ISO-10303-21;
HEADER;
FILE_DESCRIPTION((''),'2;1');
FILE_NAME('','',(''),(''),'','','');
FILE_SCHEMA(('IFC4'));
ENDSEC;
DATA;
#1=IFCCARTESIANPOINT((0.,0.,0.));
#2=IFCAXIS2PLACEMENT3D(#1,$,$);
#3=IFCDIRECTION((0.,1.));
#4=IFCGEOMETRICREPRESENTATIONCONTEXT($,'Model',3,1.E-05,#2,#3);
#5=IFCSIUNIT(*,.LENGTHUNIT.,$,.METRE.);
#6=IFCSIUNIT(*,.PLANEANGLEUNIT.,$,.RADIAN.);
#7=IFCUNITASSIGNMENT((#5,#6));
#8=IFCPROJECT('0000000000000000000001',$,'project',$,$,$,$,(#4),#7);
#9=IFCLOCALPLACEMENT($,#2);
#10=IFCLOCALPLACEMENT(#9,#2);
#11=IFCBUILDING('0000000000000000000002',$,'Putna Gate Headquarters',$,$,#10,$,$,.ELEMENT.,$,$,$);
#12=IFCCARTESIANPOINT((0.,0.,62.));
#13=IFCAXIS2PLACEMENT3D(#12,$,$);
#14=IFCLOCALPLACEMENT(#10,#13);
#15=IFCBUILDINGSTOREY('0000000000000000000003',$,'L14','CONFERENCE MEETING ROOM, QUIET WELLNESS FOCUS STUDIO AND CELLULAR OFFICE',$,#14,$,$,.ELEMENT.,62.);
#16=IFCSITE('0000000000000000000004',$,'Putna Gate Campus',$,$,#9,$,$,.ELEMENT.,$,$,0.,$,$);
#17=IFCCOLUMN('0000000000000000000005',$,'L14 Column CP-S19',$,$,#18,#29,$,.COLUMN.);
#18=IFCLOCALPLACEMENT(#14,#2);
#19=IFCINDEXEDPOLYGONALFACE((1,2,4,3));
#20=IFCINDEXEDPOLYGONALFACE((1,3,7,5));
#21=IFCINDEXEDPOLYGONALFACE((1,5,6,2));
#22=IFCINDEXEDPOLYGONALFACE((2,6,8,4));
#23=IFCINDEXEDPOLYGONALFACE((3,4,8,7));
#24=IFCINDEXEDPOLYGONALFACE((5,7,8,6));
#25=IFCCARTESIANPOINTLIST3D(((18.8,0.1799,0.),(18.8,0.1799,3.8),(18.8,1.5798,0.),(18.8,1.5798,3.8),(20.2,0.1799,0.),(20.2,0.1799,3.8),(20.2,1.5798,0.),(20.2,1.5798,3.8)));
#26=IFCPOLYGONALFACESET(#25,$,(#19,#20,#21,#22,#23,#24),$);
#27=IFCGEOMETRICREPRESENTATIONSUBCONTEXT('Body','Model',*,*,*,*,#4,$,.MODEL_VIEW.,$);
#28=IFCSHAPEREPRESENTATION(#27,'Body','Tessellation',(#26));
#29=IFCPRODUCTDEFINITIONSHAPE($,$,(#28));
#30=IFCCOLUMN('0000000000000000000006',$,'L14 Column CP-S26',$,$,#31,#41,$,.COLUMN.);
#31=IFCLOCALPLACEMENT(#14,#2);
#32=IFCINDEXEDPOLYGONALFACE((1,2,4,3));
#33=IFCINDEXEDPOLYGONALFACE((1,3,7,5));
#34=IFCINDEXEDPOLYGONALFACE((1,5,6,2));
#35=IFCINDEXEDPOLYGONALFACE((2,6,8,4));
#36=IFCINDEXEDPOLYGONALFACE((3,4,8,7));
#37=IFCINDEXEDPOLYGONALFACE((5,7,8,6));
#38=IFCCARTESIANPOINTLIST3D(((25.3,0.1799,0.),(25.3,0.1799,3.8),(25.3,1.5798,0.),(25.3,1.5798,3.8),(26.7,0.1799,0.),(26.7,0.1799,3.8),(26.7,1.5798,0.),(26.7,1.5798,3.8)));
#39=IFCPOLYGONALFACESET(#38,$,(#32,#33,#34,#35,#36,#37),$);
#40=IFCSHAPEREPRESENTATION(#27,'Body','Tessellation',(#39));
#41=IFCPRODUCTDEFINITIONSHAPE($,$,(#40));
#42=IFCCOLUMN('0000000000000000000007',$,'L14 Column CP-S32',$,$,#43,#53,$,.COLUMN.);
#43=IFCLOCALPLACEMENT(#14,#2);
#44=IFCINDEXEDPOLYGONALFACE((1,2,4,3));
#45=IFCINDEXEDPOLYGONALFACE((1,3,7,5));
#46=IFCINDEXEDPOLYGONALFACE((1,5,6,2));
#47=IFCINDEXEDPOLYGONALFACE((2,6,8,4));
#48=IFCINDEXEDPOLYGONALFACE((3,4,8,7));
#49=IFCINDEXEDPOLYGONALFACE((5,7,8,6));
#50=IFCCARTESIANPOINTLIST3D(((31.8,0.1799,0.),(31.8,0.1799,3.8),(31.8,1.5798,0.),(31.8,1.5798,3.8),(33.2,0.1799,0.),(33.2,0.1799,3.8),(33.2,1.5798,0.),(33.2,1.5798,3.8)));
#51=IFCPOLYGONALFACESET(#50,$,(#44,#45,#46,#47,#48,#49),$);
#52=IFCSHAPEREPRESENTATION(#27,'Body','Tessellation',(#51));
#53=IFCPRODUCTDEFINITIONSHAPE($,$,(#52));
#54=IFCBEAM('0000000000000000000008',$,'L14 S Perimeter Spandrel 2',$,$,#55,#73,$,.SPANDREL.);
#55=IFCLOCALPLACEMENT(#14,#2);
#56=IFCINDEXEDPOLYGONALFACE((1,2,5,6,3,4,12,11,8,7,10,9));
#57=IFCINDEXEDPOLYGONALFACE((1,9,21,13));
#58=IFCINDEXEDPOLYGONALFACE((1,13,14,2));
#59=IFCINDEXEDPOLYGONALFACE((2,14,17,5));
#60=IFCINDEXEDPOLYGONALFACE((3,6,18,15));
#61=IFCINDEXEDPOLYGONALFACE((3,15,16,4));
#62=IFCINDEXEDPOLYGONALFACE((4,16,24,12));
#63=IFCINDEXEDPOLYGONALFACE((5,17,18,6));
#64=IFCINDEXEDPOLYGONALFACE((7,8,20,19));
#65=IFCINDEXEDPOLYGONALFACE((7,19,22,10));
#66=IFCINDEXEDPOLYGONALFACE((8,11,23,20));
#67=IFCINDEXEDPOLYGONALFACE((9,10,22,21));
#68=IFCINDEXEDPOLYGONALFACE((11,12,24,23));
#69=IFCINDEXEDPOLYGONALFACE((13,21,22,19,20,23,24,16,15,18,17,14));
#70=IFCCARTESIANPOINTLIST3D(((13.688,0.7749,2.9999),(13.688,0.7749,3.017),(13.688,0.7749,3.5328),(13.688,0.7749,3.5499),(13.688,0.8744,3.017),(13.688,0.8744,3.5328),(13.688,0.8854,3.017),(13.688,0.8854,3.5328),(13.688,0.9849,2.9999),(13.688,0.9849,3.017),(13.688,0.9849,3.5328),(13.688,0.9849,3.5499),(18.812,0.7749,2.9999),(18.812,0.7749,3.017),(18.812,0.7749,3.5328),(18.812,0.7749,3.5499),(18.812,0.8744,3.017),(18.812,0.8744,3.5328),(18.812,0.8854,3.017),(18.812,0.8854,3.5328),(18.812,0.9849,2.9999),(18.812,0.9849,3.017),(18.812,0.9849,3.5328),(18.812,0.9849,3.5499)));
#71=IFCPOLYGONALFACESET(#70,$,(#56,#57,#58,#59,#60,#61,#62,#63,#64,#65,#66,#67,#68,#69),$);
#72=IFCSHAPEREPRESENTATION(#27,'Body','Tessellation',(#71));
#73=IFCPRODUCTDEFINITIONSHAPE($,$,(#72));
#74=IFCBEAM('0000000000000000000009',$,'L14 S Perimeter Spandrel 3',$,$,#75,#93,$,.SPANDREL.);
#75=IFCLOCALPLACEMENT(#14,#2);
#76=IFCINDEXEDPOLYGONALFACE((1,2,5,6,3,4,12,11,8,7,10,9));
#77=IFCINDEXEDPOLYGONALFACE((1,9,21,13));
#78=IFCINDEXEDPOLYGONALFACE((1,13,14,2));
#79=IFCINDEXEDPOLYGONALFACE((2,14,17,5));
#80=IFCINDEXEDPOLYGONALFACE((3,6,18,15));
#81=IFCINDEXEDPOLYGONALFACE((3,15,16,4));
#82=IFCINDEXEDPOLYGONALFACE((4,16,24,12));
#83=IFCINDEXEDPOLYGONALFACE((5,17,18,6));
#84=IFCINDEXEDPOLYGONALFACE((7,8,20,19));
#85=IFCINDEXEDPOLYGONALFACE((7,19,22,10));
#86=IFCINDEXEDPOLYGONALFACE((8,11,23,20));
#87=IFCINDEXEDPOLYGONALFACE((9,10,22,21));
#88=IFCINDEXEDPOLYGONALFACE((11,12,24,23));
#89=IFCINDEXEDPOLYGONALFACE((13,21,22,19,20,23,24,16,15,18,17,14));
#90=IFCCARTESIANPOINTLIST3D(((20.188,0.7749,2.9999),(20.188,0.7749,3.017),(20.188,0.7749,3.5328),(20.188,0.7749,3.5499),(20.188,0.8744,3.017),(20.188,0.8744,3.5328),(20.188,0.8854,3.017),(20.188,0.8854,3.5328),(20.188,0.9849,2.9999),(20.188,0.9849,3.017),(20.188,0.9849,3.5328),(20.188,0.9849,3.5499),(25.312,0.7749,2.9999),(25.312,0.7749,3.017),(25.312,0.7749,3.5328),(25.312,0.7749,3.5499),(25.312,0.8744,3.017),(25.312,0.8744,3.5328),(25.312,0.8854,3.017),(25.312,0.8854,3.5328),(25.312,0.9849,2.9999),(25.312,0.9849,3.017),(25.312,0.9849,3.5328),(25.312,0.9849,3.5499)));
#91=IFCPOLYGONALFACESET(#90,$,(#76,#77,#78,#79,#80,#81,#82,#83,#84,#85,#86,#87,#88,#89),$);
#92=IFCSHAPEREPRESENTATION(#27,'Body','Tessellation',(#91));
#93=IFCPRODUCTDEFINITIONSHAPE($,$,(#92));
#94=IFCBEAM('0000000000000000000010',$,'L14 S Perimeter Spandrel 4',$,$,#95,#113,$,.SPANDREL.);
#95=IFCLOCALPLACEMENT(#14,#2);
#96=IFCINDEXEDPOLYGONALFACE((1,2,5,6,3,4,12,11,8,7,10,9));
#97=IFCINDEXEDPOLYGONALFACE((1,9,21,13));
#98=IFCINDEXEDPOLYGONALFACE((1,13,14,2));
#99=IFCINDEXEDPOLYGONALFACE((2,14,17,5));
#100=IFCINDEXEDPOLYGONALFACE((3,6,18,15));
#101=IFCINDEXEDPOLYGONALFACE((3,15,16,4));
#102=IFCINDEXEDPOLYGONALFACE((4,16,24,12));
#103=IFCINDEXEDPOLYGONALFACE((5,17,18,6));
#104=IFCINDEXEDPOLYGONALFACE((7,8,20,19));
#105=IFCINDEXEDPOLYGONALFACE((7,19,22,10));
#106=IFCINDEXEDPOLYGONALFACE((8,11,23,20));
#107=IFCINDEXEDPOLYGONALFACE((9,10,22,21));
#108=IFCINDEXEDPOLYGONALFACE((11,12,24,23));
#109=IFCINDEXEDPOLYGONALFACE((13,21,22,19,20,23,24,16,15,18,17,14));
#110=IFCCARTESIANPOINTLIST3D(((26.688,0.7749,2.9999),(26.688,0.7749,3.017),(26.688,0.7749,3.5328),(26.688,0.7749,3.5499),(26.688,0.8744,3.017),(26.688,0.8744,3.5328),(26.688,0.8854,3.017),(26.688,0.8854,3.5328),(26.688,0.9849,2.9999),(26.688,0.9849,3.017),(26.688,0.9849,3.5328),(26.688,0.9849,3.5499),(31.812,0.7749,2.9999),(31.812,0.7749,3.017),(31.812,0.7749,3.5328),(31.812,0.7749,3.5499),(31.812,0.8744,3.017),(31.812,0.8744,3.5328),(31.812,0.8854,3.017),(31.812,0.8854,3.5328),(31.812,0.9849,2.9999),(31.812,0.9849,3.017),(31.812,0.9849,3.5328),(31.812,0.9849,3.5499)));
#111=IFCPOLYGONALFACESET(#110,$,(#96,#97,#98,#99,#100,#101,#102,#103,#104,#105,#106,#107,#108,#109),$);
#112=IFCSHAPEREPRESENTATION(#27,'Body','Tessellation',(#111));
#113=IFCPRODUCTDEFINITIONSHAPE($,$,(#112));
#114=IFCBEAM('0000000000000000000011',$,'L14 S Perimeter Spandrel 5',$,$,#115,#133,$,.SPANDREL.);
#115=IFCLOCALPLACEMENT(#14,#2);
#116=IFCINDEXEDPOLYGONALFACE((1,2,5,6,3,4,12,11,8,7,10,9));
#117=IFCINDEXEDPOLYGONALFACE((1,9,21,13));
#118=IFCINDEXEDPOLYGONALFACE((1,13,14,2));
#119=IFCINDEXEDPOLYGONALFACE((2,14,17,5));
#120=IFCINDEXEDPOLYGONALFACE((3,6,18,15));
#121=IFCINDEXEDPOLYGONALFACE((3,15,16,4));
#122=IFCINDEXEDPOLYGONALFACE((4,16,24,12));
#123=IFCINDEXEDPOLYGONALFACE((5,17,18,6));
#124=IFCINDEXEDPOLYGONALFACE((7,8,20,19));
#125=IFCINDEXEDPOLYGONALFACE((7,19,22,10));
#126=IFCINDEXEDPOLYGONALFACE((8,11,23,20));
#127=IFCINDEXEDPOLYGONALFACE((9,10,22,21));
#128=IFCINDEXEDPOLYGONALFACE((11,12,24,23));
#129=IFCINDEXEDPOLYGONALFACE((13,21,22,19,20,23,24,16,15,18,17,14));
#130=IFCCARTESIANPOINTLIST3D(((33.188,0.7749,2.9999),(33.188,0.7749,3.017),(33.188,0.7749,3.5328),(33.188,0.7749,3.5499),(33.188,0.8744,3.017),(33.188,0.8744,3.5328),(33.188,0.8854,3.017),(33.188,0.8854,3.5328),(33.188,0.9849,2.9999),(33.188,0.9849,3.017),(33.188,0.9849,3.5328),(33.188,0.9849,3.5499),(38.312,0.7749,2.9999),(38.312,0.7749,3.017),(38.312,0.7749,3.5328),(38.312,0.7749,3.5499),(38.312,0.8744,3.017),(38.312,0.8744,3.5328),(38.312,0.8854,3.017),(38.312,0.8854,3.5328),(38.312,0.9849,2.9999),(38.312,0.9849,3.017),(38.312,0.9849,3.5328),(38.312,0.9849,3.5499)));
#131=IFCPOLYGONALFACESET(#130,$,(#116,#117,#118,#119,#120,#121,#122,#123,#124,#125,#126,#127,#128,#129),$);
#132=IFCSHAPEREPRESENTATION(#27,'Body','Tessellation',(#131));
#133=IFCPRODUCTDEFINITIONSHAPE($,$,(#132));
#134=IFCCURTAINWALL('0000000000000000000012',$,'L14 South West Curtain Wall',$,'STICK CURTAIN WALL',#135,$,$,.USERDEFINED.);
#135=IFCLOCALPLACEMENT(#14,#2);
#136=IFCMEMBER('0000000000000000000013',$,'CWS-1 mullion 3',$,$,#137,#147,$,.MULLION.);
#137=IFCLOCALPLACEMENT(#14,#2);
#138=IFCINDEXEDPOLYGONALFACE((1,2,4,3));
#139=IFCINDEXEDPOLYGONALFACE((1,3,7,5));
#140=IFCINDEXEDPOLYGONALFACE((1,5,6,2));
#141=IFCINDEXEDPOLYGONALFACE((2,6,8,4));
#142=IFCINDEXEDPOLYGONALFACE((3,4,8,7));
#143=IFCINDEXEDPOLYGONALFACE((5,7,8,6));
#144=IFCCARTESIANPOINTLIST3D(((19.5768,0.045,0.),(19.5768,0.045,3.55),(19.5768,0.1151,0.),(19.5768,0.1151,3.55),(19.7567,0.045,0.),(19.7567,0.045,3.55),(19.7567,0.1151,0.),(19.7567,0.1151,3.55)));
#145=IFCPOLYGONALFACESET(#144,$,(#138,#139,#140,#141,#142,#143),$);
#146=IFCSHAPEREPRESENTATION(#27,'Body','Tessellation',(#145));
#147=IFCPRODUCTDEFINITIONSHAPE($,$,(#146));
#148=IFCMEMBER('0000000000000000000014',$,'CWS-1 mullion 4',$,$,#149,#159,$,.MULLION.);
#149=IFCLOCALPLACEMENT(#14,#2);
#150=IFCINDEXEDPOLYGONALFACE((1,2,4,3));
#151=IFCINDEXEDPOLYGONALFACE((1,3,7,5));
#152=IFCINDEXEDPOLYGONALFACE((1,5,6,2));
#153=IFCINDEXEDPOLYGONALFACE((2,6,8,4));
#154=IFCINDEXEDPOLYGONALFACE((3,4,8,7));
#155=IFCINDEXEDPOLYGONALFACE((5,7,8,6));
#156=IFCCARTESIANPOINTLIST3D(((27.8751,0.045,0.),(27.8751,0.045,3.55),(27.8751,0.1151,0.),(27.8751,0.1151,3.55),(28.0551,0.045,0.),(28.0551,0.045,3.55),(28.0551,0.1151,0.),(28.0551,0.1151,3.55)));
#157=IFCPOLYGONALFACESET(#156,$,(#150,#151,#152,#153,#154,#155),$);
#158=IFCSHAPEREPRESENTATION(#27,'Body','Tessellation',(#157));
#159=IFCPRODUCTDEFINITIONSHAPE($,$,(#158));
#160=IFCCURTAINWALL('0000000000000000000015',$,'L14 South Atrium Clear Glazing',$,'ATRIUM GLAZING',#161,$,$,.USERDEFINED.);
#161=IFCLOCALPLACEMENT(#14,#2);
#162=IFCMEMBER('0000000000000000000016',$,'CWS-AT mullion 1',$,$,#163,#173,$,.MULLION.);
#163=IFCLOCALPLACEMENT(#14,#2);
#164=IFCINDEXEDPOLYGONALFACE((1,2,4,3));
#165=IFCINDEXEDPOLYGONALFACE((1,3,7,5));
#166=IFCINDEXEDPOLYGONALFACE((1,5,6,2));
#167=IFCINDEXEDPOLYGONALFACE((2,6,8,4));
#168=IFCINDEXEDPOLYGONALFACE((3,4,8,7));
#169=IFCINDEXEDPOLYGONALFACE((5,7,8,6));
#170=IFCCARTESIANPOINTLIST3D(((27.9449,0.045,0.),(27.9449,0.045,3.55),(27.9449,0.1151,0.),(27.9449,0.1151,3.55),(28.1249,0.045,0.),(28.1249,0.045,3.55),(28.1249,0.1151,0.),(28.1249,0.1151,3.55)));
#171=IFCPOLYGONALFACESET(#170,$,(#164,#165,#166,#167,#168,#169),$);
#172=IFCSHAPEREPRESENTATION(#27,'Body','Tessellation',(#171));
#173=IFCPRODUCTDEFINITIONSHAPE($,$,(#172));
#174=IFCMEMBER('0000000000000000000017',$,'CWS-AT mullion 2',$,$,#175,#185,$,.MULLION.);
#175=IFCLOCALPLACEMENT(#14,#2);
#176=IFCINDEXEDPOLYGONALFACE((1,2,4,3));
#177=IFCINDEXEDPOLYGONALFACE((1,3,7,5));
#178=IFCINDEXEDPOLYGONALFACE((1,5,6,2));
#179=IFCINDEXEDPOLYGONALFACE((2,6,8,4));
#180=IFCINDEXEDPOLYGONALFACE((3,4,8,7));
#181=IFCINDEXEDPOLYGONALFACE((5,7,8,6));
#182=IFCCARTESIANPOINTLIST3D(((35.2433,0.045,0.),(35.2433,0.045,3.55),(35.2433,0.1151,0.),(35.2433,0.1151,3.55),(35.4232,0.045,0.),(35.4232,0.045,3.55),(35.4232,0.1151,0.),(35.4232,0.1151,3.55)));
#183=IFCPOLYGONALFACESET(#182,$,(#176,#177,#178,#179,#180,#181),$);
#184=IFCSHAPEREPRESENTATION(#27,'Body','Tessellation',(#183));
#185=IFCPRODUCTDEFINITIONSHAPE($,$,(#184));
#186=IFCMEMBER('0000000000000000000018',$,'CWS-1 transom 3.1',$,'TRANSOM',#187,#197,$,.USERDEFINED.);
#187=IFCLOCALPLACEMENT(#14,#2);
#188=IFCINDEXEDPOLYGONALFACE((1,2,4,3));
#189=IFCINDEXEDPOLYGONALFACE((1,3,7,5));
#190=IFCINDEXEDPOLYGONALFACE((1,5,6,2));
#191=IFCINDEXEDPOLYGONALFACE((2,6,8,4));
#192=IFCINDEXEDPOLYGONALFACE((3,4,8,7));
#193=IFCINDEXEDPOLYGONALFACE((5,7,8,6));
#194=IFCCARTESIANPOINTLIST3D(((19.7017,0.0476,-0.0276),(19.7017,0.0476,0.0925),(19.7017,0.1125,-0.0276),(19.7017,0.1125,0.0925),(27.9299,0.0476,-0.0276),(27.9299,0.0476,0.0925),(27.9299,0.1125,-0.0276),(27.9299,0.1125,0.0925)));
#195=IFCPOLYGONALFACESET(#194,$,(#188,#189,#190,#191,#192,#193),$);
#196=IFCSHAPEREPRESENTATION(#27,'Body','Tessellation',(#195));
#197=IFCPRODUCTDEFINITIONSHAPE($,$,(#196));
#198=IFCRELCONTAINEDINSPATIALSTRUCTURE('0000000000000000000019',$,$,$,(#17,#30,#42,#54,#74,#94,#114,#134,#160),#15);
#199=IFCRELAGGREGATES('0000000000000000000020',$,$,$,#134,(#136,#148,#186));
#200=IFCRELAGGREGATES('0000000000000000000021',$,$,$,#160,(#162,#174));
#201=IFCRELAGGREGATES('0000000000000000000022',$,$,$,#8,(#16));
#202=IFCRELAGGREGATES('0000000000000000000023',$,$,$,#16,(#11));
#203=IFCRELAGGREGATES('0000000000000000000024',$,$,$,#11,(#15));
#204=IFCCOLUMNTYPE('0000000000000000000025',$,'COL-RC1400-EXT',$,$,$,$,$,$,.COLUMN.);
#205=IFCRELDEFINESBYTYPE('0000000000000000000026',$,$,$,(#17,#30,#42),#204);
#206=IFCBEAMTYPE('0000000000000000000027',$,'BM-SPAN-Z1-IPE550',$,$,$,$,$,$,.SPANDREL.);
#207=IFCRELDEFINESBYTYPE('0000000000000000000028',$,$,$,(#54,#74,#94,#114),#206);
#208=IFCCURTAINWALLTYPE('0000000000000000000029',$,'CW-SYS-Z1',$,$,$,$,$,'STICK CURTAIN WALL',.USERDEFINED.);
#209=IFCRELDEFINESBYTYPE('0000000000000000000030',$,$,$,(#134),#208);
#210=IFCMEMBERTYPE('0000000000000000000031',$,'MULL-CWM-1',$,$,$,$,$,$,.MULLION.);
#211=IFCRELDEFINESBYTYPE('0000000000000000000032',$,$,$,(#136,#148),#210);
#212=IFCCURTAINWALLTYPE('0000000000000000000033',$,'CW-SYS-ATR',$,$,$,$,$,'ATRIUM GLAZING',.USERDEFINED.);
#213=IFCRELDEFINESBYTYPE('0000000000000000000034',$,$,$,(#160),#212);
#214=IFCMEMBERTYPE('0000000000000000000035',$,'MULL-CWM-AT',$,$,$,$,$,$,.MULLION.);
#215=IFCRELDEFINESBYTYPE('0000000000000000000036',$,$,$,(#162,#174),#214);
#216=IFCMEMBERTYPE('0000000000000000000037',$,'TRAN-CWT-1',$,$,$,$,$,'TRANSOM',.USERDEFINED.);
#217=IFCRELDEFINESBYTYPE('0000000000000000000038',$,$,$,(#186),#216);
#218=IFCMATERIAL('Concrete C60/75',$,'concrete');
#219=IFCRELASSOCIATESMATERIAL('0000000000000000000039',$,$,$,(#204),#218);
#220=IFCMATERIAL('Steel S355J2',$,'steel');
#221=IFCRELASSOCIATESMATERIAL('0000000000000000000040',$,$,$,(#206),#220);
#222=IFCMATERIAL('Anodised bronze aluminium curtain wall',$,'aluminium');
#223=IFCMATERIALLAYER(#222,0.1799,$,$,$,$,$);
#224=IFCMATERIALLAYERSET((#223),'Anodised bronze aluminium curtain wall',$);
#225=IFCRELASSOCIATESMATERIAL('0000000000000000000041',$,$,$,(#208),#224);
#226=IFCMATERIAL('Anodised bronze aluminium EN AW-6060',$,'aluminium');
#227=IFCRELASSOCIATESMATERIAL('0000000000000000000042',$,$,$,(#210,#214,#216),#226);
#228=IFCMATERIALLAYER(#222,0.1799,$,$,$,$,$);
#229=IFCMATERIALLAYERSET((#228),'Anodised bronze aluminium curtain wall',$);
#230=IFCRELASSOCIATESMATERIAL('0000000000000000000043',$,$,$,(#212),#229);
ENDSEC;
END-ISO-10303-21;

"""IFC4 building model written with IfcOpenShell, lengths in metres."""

from ifc_helpers import new_model, si_unit, direction, frame, origin, origin_2d, place, context, subcontext, project, spatial, rectangle, i_section, extrude, material, layer, layer_set, material_profile, profile_set, type_object, element, aggregate, save


model = new_model("IFC4")

# Units and contexts
model_context = context("Model", 3, precision=1e-05, world=origin(), true_north=direction((0.0, 1.0)))
body_context = subcontext(model_context, "Body", "Model", "MODEL_VIEW")
ifc_project = project(units=[si_unit("LENGTHUNIT", "METRE"), si_unit("PLANEANGLEUNIT", "RADIAN")], contexts=[model_context])

# Site, building, storey
site_placement = place(None, origin())
site = spatial("IfcSite", under=ifc_project, at=site_placement, Name="Putna Gate Campus", CompositionType="ELEMENT", RefElevation=0.0)
building_placement = place(site_placement, origin())
building = spatial("IfcBuilding", under=site, at=building_placement, Name="Putna Gate Headquarters", CompositionType="ELEMENT")
storey_placement = place(building_placement, frame((0.0, 0.0, 62.0)))
storey = spatial("IfcBuildingStorey", under=building, at=storey_placement, Name="L14", Description="CONFERENCE MEETING ROOM, QUIET WELLNESS FOCUS STUDIO AND CELLULAR OFFICE", CompositionType="ELEMENT", Elevation=62.0)

# Columns
ifc_material_1 = material(Name="Concrete C60/75", Category="concrete")
ifc_material_profile_1 = material_profile(ifc_material_1, rectangle(XDim=1.3999, YDim=1.3999, at=origin_2d()), Name="Concrete C60/75")
ifc_profile_set_1 = profile_set([ifc_material_profile_1], Name="Concrete C60/75")
column_type = type_object("IfcColumnType", Name="COL-RC1400-EXT", PredefinedType="COLUMN", material=ifc_profile_set_1)
for number, where, z_axis, x_axis, name in (
    (1, (19.5, 0.8799, 0.0), (0.0, 0.0, 1.0), (1.0, 0.0, 0.0), "L14 Column CP-S19"),
    (2, (26.0, 0.8799, 0.0), (0.0, 0.0, 1.0), (1.0, 0.0, 0.0), "L14 Column CP-S26"),
    (3, (32.5, 0.8799, 0.0), (0.0, 0.0, 1.0), (1.0, 0.0, 0.0), "L14 Column CP-S32"),
):
    element("IfcColumn", number, at=place(storey_placement, frame(where, z_axis=z_axis, x_axis=x_axis)), inside=storey, type_object=column_type, Name=name, PredefinedType="COLUMN", context=body_context, shape_type="SweptSolid", body=[
        extrude(rectangle(XDim=1.3999, YDim=1.3999, at=origin_2d()), origin(), (0.0, 0.0, 1.0), 3.8),
    ])

# Beams
ifc_material_2 = material(Name="Steel S355J2", Category="steel")
ifc_material_profile_2 = material_profile(ifc_material_2, i_section(OverallWidth=0.21, OverallDepth=0.55, WebThickness=0.011, FlangeThickness=0.0171, at=origin_2d()), Name="Steel S355J2")
ifc_profile_set_2 = profile_set([ifc_material_profile_2], Name="Steel S355J2")
beam_type = type_object("IfcBeamType", Name="BM-SPAN-Z1-IPE550", PredefinedType="SPANDREL", material=ifc_profile_set_2)
for number, where, z_axis, x_axis, name in (
    (4, (13.688, 0.8799, 3.2749), (1.0, 0.0, 0.0), (0.0, 1.0, 0.0), "L14 S Perimeter Spandrel 2"),
    (5, (20.188, 0.8799, 3.2749), (1.0, 0.0, 0.0), (0.0, 1.0, 0.0), "L14 S Perimeter Spandrel 3"),
    (6, (26.688, 0.8799, 3.2749), (1.0, 0.0, 0.0), (0.0, 1.0, 0.0), "L14 S Perimeter Spandrel 4"),
    (7, (33.188, 0.8799, 3.2749), (1.0, 0.0, 0.0), (0.0, 1.0, 0.0), "L14 S Perimeter Spandrel 5"),
):
    element("IfcBeam", number, at=place(storey_placement, frame(where, z_axis=z_axis, x_axis=x_axis)), inside=storey, type_object=beam_type, Name=name, PredefinedType="SPANDREL", context=body_context, shape_type="SweptSolid", body=[
        extrude(i_section(OverallWidth=0.21, OverallDepth=0.55, WebThickness=0.011, FlangeThickness=0.0171, at=origin_2d()), origin(), (0.0, 0.0, 1.0), 5.124),
    ])

# Curtain walls, members
ifc_material_3 = material(Name="Anodised bronze aluminium curtain wall", Category="aluminium")
ifc_layer_1 = layer(ifc_material_3, 0.1799)
ifc_layer_set_1 = layer_set([ifc_layer_1], Name="Anodised bronze aluminium curtain wall")
curtain_wall_type_1 = type_object("IfcCurtainWallType", Name="CW-SYS-Z1", ElementType="STICK CURTAIN WALL", PredefinedType="USERDEFINED", material=ifc_layer_set_1)
curtain_wall_1_placement = place(storey_placement, origin())
curtain_wall_1 = element("IfcCurtainWall", 8, at=curtain_wall_1_placement, inside=storey, type_object=curtain_wall_type_1, Name="L14 South West Curtain Wall", ObjectType="STICK CURTAIN WALL", PredefinedType="USERDEFINED")
ifc_material_4 = material(Name="Anodised bronze aluminium EN AW-6060", Category="aluminium")
ifc_material_profile_3 = material_profile(ifc_material_4, rectangle(XDim=0.0701, YDim=0.1799, at=origin_2d()), Name="Anodised bronze aluminium EN AW-6060")
ifc_profile_set_3 = profile_set([ifc_material_profile_3], Name="Anodised bronze aluminium EN AW-6060")
member_type_1 = type_object("IfcMemberType", Name="MULL-CWM-1", PredefinedType="MULLION", material=ifc_profile_set_3)
member_1_placement = place(storey_placement, frame((19.6667, 0.0801, 0.0), z_axis=(0.0, 0.0, 1.0), x_axis=(0.0, 1.0, 0.0)))
member_1 = element("IfcMember", 9, at=member_1_placement, type_object=member_type_1, Name="CWS-1 mullion 3", PredefinedType="MULLION", context=body_context, shape_type="SweptSolid", body=[
    extrude(rectangle(XDim=0.0701, YDim=0.1799, at=origin_2d()), origin(), (0.0, 0.0, 1.0), 3.55),
])
member_2_placement = place(storey_placement, frame((27.9651, 0.0801, 0.0), z_axis=(0.0, 0.0, 1.0), x_axis=(0.0, 1.0, 0.0)))
member_2 = element("IfcMember", 10, at=member_2_placement, type_object=member_type_1, Name="CWS-1 mullion 4", PredefinedType="MULLION", context=body_context, shape_type="SweptSolid", body=[
    extrude(rectangle(XDim=0.0701, YDim=0.1799, at=origin_2d()), origin(), (0.0, 0.0, 1.0), 3.55),
])
ifc_layer_2 = layer(ifc_material_3, 0.1799)
ifc_layer_set_2 = layer_set([ifc_layer_2], Name="Anodised bronze aluminium curtain wall")
curtain_wall_type_2 = type_object("IfcCurtainWallType", Name="CW-SYS-ATR", ElementType="ATRIUM GLAZING", PredefinedType="USERDEFINED", material=ifc_layer_set_2)
curtain_wall_2_placement = place(storey_placement, origin())
curtain_wall_2 = element("IfcCurtainWall", 11, at=curtain_wall_2_placement, inside=storey, type_object=curtain_wall_type_2, Name="L14 South Atrium Clear Glazing", ObjectType="ATRIUM GLAZING", PredefinedType="USERDEFINED")
ifc_material_profile_4 = material_profile(ifc_material_4, rectangle(XDim=0.0701, YDim=0.1799, at=origin_2d()), Name="Anodised bronze aluminium EN AW-6060")
ifc_profile_set_4 = profile_set([ifc_material_profile_4], Name="Anodised bronze aluminium EN AW-6060")
member_type_2 = type_object("IfcMemberType", Name="MULL-CWM-AT", PredefinedType="MULLION", material=ifc_profile_set_4)
member_3_placement = place(storey_placement, frame((28.0349, 0.0801, 0.0), z_axis=(0.0, 0.0, 1.0), x_axis=(0.0, 1.0, 0.0)))
member_3 = element("IfcMember", 12, at=member_3_placement, type_object=member_type_2, Name="CWS-AT mullion 1", PredefinedType="MULLION", context=body_context, shape_type="SweptSolid", body=[
    extrude(rectangle(XDim=0.0701, YDim=0.1799, at=origin_2d()), origin(), (0.0, 0.0, 1.0), 3.55),
])
member_4_placement = place(storey_placement, frame((35.3333, 0.0801, 0.0), z_axis=(0.0, 0.0, 1.0), x_axis=(0.0, 1.0, 0.0)))
member_4 = element("IfcMember", 13, at=member_4_placement, type_object=member_type_2, Name="CWS-AT mullion 2", PredefinedType="MULLION", context=body_context, shape_type="SweptSolid", body=[
    extrude(rectangle(XDim=0.0701, YDim=0.1799, at=origin_2d()), origin(), (0.0, 0.0, 1.0), 3.55),
])

# Member
ifc_material_profile_5 = material_profile(ifc_material_4, rectangle(XDim=0.0649, YDim=0.1201, at=origin_2d()), Name="Anodised bronze aluminium EN AW-6060")
ifc_profile_set_5 = profile_set([ifc_material_profile_5], Name="Anodised bronze aluminium EN AW-6060")
member_type_3 = type_object("IfcMemberType", Name="TRAN-CWT-1", ElementType="TRANSOM", PredefinedType="USERDEFINED", material=ifc_profile_set_5)
member_5_placement = place(storey_placement, frame((19.7017, 0.0801, 0.0325), z_axis=(1.0, 0.0, 0.0), x_axis=(0.0, 1.0, 0.0)))
member_5 = element("IfcMember", 14, at=member_5_placement, type_object=member_type_3, Name="CWS-1 transom 3.1", ObjectType="TRANSOM", PredefinedType="USERDEFINED", context=body_context, shape_type="SweptSolid", body=[
    extrude(rectangle(XDim=0.0649, YDim=0.1201, at=origin_2d()), origin(), (0.0, 0.0, 1.0), 8.2283),
])

aggregate(curtain_wall_1, [member_1, member_2, member_5])
aggregate(curtain_wall_2, [member_3, member_4])

save(model, "model.ifc")
